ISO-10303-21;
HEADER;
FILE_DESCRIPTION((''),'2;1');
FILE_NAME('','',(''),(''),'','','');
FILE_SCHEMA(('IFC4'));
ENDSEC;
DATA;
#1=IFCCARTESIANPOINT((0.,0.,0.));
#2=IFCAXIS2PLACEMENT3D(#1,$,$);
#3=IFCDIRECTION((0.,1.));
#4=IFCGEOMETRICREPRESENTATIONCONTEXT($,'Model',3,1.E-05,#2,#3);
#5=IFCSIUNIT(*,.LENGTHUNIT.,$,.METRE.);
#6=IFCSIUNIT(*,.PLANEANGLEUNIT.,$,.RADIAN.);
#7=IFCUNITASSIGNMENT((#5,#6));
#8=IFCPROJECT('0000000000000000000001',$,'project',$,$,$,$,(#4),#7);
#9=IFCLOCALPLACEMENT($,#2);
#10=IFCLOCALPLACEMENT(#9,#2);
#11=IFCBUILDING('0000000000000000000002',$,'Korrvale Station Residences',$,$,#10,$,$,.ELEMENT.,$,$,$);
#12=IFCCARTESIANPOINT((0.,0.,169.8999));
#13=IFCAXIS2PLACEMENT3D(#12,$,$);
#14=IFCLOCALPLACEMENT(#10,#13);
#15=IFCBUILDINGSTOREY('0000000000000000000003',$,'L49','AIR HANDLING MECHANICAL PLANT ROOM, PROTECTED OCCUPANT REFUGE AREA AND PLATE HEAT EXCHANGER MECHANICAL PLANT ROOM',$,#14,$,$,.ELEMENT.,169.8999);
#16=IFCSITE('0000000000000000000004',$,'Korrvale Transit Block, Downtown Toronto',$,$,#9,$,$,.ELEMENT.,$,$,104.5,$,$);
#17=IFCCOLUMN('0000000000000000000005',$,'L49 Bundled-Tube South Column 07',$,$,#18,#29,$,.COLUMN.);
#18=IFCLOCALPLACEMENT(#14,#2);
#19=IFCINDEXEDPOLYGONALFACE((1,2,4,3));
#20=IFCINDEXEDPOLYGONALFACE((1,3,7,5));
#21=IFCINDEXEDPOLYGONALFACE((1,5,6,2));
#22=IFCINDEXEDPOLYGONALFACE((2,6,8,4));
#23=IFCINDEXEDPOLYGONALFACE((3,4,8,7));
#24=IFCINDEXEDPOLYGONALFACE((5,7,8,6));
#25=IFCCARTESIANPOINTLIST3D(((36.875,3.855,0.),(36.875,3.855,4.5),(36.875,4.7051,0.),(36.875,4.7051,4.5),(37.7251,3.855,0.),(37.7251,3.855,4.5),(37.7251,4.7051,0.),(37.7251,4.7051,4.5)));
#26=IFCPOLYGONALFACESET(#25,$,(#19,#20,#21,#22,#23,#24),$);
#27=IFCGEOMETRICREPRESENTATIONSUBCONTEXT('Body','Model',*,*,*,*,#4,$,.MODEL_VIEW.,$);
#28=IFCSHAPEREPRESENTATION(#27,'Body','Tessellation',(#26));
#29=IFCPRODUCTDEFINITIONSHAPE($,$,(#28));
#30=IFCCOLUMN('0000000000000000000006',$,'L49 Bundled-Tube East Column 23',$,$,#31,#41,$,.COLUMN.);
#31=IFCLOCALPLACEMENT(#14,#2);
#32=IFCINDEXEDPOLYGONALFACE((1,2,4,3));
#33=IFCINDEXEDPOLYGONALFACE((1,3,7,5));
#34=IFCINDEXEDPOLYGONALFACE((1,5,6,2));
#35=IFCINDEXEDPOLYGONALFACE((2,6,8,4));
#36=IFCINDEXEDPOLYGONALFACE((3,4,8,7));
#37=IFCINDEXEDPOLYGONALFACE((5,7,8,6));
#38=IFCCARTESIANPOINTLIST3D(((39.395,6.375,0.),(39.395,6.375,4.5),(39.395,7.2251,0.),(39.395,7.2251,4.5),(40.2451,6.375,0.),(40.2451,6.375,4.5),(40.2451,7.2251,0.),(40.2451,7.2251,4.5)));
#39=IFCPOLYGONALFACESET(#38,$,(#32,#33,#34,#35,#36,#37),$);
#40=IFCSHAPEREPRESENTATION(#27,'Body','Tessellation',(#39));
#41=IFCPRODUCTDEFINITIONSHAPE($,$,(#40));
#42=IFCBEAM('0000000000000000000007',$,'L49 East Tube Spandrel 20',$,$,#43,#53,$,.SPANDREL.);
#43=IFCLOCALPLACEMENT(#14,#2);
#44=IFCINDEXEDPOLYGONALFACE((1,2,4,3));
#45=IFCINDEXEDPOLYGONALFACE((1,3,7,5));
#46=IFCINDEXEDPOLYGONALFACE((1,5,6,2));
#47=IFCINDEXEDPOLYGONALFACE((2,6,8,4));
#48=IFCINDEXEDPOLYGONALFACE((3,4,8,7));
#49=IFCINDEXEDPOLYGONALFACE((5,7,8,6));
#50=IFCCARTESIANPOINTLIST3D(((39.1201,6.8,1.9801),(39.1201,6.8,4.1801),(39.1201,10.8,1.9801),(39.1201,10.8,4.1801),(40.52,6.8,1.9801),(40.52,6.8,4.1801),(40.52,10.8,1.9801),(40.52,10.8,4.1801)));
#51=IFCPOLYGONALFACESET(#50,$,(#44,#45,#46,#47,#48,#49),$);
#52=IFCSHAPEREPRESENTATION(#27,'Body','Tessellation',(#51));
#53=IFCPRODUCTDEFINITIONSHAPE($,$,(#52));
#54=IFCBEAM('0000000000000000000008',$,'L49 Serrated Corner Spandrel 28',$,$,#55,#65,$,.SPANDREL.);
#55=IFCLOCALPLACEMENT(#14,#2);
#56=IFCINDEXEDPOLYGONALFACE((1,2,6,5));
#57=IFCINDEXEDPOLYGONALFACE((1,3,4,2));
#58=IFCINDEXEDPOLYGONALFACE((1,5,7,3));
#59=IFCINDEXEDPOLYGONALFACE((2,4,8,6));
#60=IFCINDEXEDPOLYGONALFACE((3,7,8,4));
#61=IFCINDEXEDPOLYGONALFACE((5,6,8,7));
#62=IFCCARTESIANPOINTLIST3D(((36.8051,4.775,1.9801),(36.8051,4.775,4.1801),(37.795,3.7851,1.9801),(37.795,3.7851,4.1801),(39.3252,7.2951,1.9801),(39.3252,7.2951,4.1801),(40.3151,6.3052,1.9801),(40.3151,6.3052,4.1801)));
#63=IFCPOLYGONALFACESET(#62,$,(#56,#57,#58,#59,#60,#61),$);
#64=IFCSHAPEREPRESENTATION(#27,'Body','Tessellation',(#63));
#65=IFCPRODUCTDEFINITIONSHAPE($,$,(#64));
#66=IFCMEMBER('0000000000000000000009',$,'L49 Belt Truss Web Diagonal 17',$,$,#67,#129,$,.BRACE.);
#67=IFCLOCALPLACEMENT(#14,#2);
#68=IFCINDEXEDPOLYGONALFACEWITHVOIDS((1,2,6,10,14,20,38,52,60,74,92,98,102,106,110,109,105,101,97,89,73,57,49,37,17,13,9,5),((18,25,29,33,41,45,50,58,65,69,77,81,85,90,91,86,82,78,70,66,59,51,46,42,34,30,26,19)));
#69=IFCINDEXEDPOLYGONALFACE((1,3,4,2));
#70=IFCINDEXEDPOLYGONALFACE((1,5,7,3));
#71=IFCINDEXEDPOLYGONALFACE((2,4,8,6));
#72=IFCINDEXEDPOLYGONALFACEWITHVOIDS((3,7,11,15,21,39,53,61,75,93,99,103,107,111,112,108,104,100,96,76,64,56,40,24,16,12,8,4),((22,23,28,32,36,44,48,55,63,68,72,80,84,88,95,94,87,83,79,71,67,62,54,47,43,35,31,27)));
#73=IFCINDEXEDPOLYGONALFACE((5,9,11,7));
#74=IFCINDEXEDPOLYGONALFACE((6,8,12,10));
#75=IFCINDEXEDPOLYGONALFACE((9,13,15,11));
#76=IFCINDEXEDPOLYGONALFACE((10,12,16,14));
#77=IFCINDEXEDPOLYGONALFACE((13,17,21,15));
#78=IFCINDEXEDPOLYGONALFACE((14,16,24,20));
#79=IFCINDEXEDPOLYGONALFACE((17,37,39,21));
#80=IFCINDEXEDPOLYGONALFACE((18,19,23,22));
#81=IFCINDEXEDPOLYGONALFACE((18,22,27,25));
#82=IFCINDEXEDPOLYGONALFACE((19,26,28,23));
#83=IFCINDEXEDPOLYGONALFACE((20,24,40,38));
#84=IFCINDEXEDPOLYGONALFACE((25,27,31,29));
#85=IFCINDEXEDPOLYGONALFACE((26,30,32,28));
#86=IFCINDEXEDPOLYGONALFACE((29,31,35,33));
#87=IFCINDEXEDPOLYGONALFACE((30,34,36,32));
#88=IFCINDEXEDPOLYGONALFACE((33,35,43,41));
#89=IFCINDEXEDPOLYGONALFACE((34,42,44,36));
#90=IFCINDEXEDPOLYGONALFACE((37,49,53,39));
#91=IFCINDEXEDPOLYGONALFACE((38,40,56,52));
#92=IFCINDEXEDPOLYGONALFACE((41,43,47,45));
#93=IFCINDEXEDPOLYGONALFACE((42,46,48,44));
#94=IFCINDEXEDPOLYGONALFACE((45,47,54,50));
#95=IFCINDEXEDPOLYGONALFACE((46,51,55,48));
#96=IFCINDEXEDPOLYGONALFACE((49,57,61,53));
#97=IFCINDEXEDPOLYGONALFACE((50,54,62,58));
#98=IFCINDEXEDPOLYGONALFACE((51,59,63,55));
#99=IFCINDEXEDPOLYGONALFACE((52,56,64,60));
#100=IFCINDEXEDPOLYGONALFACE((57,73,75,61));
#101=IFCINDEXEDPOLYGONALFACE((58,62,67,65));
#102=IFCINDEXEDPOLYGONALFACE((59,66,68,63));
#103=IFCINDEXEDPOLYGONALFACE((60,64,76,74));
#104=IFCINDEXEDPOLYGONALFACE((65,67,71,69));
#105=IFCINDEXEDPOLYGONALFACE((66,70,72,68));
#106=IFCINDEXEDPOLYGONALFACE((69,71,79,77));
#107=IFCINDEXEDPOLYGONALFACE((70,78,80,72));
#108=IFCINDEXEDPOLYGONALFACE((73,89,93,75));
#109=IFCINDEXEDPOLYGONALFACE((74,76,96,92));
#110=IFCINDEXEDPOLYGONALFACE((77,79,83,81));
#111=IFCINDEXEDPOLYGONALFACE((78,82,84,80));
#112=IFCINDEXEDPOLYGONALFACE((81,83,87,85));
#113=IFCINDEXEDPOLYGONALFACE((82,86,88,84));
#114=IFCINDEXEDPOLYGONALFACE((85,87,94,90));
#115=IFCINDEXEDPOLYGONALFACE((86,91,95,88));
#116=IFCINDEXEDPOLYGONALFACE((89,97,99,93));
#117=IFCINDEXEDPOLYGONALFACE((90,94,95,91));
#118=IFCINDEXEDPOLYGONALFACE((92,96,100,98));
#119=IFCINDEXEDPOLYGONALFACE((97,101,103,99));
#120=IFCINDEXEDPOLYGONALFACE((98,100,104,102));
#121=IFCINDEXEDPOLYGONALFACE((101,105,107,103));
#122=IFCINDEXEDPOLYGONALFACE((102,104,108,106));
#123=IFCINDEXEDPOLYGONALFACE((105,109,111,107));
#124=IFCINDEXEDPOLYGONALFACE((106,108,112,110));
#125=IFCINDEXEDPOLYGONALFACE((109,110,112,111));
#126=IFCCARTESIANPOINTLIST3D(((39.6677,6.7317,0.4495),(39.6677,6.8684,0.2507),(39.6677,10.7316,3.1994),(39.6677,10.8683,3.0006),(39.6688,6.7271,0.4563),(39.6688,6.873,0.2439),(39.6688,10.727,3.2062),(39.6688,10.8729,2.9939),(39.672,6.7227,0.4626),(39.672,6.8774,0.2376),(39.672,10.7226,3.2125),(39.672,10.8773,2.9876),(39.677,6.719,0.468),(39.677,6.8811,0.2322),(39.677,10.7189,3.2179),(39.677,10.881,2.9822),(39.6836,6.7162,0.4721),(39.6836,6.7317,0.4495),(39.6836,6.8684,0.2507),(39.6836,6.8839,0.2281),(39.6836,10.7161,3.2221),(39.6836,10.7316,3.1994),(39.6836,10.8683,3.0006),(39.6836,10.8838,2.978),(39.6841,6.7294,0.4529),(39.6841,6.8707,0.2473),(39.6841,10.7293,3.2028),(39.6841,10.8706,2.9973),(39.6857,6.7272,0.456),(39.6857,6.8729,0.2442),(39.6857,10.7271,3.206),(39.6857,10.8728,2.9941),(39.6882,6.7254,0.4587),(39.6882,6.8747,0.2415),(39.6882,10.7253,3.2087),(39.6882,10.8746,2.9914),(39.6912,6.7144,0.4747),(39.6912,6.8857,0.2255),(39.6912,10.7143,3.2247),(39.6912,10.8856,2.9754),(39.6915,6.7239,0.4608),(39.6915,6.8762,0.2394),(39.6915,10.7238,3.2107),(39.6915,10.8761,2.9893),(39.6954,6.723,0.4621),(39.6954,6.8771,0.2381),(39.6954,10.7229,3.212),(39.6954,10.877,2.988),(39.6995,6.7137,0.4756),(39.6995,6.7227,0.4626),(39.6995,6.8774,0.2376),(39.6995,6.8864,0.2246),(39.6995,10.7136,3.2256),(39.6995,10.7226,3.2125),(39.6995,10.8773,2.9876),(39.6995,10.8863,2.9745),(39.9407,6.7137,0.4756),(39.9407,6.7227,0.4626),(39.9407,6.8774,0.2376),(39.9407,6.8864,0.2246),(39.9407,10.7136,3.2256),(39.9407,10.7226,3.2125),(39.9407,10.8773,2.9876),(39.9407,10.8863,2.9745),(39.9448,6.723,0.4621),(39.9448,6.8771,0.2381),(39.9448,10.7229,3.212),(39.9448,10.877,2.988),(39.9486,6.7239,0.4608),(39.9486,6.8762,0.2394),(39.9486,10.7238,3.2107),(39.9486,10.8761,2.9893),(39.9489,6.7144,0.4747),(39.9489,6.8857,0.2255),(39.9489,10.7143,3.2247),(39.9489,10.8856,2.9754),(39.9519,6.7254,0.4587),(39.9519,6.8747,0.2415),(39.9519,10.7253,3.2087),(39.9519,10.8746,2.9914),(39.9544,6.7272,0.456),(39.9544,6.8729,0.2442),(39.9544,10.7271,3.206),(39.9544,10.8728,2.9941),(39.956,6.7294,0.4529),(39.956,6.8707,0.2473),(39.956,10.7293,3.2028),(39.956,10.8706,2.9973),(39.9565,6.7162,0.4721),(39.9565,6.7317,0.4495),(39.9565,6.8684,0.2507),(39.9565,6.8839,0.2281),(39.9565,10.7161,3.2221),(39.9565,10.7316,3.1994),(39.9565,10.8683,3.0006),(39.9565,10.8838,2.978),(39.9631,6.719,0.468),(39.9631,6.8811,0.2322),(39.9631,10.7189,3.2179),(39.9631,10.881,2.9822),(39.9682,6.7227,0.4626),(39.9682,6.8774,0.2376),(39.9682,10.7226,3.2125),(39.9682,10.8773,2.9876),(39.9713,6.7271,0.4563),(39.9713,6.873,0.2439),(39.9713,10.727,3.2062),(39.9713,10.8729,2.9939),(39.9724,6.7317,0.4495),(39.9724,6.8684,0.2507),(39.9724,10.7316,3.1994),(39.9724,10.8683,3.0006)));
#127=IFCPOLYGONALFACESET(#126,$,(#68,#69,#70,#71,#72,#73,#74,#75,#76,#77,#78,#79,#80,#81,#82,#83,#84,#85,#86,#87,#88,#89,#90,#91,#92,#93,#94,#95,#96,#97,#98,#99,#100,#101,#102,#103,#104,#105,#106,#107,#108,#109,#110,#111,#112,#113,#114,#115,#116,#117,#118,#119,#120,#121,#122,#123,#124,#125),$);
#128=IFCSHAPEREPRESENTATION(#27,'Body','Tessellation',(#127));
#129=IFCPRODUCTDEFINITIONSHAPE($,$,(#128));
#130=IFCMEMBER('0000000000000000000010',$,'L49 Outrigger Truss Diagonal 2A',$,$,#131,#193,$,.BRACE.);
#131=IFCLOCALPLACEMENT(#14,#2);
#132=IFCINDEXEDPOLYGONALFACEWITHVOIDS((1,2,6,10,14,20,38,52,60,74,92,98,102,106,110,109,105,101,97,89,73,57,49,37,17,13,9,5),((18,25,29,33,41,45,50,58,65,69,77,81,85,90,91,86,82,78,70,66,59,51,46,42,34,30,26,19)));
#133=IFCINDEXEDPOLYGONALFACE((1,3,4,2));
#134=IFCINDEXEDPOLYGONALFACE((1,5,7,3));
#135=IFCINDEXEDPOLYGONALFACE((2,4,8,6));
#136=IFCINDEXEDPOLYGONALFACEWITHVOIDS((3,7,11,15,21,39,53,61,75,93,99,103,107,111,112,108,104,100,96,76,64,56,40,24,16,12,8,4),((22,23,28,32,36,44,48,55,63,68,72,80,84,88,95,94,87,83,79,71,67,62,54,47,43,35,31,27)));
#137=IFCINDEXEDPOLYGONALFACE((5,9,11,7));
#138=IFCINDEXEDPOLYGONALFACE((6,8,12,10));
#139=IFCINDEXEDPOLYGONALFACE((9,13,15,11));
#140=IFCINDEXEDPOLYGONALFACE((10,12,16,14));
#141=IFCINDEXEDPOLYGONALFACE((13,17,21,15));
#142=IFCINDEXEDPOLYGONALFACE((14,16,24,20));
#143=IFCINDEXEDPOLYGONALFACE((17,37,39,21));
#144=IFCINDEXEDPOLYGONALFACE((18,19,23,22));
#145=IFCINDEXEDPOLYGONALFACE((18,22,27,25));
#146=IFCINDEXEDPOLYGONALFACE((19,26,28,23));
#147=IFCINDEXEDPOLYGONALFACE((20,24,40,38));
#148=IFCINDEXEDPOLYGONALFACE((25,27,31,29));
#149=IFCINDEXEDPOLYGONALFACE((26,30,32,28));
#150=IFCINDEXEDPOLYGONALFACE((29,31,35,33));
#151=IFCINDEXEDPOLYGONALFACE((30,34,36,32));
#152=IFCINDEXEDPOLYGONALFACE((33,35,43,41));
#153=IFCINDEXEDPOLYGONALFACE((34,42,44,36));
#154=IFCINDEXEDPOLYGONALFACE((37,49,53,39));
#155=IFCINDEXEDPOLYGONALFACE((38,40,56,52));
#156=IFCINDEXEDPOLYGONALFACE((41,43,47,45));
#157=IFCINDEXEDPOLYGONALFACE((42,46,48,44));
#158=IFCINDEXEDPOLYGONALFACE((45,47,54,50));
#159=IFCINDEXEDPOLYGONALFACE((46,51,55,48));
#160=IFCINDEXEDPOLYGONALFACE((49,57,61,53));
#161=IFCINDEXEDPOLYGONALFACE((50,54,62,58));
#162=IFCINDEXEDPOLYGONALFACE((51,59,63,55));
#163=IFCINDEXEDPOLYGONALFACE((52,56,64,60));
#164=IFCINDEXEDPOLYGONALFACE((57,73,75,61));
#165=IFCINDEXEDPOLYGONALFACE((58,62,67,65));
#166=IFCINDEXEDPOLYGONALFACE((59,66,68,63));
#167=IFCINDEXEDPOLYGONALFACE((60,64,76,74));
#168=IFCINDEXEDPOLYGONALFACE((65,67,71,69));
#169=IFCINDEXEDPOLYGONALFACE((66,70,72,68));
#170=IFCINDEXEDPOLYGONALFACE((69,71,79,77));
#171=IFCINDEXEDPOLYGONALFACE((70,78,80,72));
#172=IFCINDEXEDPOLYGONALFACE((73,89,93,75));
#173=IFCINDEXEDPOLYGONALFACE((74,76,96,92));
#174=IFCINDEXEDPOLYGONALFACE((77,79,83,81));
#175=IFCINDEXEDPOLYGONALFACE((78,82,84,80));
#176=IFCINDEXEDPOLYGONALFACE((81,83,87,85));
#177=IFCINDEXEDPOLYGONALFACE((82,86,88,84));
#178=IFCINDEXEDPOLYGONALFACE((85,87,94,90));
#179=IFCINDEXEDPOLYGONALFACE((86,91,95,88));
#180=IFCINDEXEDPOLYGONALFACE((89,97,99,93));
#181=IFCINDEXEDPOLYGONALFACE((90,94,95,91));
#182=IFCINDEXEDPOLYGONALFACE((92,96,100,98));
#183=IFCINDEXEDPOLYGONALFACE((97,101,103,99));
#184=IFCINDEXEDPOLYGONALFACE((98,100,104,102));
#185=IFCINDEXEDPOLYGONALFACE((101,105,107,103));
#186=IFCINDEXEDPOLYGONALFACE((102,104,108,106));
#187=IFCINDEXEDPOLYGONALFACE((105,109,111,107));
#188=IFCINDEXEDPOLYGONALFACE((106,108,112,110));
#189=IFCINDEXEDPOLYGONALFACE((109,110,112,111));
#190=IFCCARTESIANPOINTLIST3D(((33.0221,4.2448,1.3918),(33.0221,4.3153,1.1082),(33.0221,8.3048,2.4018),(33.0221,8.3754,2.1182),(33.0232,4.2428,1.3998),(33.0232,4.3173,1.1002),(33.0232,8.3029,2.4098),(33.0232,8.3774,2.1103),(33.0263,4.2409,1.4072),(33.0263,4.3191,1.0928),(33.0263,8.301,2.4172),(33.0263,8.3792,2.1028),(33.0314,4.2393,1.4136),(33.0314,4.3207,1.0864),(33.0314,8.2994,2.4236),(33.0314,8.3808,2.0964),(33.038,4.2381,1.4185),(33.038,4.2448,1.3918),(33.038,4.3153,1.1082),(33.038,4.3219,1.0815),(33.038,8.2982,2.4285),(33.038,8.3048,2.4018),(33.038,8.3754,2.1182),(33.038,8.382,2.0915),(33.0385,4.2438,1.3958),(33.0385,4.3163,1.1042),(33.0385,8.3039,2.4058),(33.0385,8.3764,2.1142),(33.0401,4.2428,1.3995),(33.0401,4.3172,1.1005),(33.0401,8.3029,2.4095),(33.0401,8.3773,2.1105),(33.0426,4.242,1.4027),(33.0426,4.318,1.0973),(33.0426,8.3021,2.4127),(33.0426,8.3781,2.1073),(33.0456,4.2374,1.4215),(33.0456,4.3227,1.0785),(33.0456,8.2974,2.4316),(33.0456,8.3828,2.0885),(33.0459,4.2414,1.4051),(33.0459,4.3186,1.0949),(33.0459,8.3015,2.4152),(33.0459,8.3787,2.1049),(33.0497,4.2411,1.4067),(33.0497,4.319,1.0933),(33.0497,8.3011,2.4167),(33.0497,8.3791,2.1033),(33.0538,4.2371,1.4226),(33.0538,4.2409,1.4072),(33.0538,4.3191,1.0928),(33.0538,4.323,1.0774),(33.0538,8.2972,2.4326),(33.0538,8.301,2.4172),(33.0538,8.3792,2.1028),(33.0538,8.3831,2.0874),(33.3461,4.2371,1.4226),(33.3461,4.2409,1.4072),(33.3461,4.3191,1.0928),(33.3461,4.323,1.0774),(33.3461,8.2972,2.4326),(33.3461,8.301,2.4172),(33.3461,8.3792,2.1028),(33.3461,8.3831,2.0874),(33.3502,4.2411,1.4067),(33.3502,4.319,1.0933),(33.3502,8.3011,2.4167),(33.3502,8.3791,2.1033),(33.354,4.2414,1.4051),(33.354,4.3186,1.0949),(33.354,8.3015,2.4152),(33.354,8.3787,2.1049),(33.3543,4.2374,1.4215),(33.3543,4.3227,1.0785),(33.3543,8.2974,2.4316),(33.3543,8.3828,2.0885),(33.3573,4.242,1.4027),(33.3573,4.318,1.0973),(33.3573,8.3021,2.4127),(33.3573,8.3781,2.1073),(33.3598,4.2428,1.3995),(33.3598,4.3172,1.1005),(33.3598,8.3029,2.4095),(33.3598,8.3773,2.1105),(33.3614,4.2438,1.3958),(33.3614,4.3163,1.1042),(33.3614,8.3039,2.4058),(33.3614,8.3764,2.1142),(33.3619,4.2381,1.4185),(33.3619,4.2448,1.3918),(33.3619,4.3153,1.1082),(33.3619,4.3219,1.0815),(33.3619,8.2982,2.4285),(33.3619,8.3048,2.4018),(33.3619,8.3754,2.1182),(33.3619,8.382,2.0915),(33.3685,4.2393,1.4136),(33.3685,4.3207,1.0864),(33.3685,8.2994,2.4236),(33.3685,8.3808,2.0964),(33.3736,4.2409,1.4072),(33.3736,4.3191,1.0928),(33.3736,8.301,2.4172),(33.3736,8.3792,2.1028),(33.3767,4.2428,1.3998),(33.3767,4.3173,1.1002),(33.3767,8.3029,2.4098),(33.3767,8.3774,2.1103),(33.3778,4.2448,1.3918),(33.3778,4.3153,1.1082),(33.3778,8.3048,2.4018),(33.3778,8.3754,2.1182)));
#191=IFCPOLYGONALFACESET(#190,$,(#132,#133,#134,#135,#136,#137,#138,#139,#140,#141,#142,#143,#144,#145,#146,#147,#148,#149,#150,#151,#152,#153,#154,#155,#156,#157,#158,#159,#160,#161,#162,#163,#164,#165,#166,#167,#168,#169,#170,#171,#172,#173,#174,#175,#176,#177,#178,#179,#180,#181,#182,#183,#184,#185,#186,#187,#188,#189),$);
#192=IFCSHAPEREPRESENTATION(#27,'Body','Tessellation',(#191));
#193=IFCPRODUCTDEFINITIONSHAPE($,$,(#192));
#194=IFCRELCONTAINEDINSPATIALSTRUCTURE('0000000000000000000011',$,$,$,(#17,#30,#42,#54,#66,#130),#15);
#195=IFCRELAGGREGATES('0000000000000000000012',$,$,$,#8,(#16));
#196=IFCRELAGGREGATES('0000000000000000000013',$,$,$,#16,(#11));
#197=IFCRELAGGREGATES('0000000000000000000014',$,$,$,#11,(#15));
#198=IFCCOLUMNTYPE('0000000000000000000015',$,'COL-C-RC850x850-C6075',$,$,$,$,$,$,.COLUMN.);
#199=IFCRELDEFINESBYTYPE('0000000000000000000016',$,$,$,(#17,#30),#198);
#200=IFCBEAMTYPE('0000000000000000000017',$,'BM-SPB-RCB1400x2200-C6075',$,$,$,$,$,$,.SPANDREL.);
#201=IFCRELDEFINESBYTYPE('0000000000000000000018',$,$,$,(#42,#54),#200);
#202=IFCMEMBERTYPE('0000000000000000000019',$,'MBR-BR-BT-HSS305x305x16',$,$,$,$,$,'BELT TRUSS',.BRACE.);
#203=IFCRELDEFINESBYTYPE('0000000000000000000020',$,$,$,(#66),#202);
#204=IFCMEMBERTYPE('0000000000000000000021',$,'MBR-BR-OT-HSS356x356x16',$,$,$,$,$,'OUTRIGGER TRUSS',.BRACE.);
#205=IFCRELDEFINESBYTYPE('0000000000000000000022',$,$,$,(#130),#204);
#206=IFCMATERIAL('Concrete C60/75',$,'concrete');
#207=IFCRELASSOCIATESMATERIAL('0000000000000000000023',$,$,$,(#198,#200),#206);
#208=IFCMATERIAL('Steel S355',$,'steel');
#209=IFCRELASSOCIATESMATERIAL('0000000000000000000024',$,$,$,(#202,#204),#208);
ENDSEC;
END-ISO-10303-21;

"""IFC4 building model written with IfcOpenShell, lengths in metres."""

from ifc_helpers import new_model, si_unit, direction, frame, origin, origin_2d, place, context, subcontext, project, spatial, rectangle, hollow_rectangle, extrude, material, material_profile, profile_set, type_object, element, save


model = new_model("IFC4")

# Units and contexts
model_context = context("Model", 3, precision=1e-05, world=origin(), true_north=direction((0.0, 1.0)))
body_context = subcontext(model_context, "Body", "Model", "MODEL_VIEW")
ifc_project = project(units=[si_unit("LENGTHUNIT", "METRE"), si_unit("PLANEANGLEUNIT", "RADIAN")], contexts=[model_context])

# Site, building, storey
site_placement = place(None, origin())
site = spatial("IfcSite", under=ifc_project, at=site_placement, Name="Korrvale Transit Block, Downtown Toronto", CompositionType="ELEMENT", RefElevation=104.5)
building_placement = place(site_placement, origin())
building = spatial("IfcBuilding", under=site, at=building_placement, Name="Korrvale Station Residences", CompositionType="ELEMENT")
storey_placement = place(building_placement, frame((0.0, 0.0, 169.8999)))
storey = spatial("IfcBuildingStorey", under=building, at=storey_placement, Name="L49", Description="AIR HANDLING MECHANICAL PLANT ROOM, PROTECTED OCCUPANT REFUGE AREA AND PLATE HEAT EXCHANGER MECHANICAL PLANT ROOM", CompositionType="ELEMENT", Elevation=169.8999)

# Columns
ifc_material_1 = material(Name="Concrete C60/75", Category="concrete")
ifc_material_profile_1 = material_profile(ifc_material_1, rectangle(XDim=0.8501, YDim=0.8501, at=origin_2d()), Name="RC850x850")
ifc_profile_set_1 = profile_set([ifc_material_profile_1], Name="Concrete C60/75")
column_type = type_object("IfcColumnType", Name="COL-C-RC850x850-C6075", PredefinedType="COLUMN", material=ifc_profile_set_1)
for number, where, z_axis, x_axis, name in (
    (1, (37.3, 4.28, 0.0), (0.0, 0.0, 1.0), (1.0, 0.0, 0.0), "L49 Bundled-Tube South Column 07"),
    (2, (39.8201, 6.8, 0.0), (0.0, 0.0, 1.0), (1.0, 0.0, 0.0), "L49 Bundled-Tube East Column 23"),
):
    element("IfcColumn", number, at=place(storey_placement, frame(where, z_axis=z_axis, x_axis=x_axis)), inside=storey, type_object=column_type, Name=name, PredefinedType="COLUMN", context=body_context, shape_type="SweptSolid", body=[
        extrude(rectangle(XDim=0.8501, YDim=0.8501, at=origin_2d()), origin(), (0.0, 0.0, 1.0), 4.5),
    ])

# Beams
ifc_material_profile_2 = material_profile(ifc_material_1, rectangle(XDim=1.3999, YDim=2.2, at=origin_2d()), Name="RCB1400x2200")
ifc_profile_set_2 = profile_set([ifc_material_profile_2], Name="Concrete C60/75")
beam_type = type_object("IfcBeamType", Name="BM-SPB-RCB1400x2200-C6075", PredefinedType="SPANDREL", material=ifc_profile_set_2)
beam_1_placement = place(storey_placement, frame((39.8201, 6.8, 3.0801), z_axis=(0.0, 1.0, 0.0), x_axis=(-1.0, 0.0, 0.0)))
element("IfcBeam", 3, at=beam_1_placement, inside=storey, type_object=beam_type, Name="L49 East Tube Spandrel 20", PredefinedType="SPANDREL", context=body_context, shape_type="SweptSolid", body=[
    extrude(rectangle(XDim=1.3999, YDim=2.2, at=origin_2d()), origin(), (0.0, 0.0, 1.0), 4.0),
])
beam_2_placement = place(storey_placement, frame((37.3, 4.28, 3.0801), z_axis=(0.707107, 0.707107, 0.0), x_axis=(-0.707107, 0.707107, 0.0)))
element("IfcBeam", 4, at=beam_2_placement, inside=storey, type_object=beam_type, Name="L49 Serrated Corner Spandrel 28", PredefinedType="SPANDREL", context=body_context, shape_type="SweptSolid", body=[
    extrude(rectangle(XDim=1.3999, YDim=2.2, at=origin_2d()), origin(), (0.0, 0.0, 1.0), 3.564),
])

# Members
ifc_material_2 = material(Name="Steel S355", Category="steel")
ifc_material_profile_3 = material_profile(ifc_material_2, hollow_rectangle(XDim=0.3047, YDim=0.3047, WallThickness=0.0159, InnerFilletRadius=0.0159, OuterFilletRadius=0.0317, at=origin_2d()), Name="HSS305x305x16")
ifc_profile_set_3 = profile_set([ifc_material_profile_3], Name="Steel S355")
member_type_1 = type_object("IfcMemberType", Name="MBR-BR-BT-HSS305x305x16", ElementType="BELT TRUSS", PredefinedType="BRACE", material=ifc_profile_set_3)
member_1_placement = place(storey_placement, frame((39.8201, 6.8, 0.3501), z_axis=(0.0, 0.824042, 0.566529), x_axis=(-1.0, 0.0, 0.0)))
element("IfcMember", 5, at=member_1_placement, inside=storey, type_object=member_type_1, Name="L49 Belt Truss Web Diagonal 17", PredefinedType="BRACE", context=body_context, shape_type="SweptSolid", body=[
    extrude(hollow_rectangle(XDim=0.3047, YDim=0.3047, WallThickness=0.0159, InnerFilletRadius=0.0159, OuterFilletRadius=0.0317, at=origin_2d()), origin(), (0.0, 0.0, 1.0), 4.854),
])
ifc_material_profile_4 = material_profile(ifc_material_2, hollow_rectangle(XDim=0.3557, YDim=0.3557, WallThickness=0.0159, InnerFilletRadius=0.0159, OuterFilletRadius=0.0317, at=origin_2d()), Name="HSS356x356x16")
ifc_profile_set_4 = profile_set([ifc_material_profile_4], Name="Steel S355")
member_type_2 = type_object("IfcMemberType", Name="MBR-BR-OT-HSS356x356x16", ElementType="OUTRIGGER TRUSS", PredefinedType="BRACE", material=ifc_profile_set_4)
member_2_placement = place(storey_placement, frame((33.2, 4.28, 1.25), z_axis=(0.0, 0.970423, 0.24141), x_axis=(-1.0, 0.0, 0.0)))
element("IfcMember", 6, at=member_2_placement, inside=storey, type_object=member_type_2, Name="L49 Outrigger Truss Diagonal 2A", PredefinedType="BRACE", context=body_context, shape_type="SweptSolid", body=[
    extrude(hollow_rectangle(XDim=0.3557, YDim=0.3557, WallThickness=0.0159, InnerFilletRadius=0.0159, OuterFilletRadius=0.0317, at=origin_2d()), origin(), (0.0, 0.0, 1.0), 4.1838),
])

save(model, "model.ifc")
